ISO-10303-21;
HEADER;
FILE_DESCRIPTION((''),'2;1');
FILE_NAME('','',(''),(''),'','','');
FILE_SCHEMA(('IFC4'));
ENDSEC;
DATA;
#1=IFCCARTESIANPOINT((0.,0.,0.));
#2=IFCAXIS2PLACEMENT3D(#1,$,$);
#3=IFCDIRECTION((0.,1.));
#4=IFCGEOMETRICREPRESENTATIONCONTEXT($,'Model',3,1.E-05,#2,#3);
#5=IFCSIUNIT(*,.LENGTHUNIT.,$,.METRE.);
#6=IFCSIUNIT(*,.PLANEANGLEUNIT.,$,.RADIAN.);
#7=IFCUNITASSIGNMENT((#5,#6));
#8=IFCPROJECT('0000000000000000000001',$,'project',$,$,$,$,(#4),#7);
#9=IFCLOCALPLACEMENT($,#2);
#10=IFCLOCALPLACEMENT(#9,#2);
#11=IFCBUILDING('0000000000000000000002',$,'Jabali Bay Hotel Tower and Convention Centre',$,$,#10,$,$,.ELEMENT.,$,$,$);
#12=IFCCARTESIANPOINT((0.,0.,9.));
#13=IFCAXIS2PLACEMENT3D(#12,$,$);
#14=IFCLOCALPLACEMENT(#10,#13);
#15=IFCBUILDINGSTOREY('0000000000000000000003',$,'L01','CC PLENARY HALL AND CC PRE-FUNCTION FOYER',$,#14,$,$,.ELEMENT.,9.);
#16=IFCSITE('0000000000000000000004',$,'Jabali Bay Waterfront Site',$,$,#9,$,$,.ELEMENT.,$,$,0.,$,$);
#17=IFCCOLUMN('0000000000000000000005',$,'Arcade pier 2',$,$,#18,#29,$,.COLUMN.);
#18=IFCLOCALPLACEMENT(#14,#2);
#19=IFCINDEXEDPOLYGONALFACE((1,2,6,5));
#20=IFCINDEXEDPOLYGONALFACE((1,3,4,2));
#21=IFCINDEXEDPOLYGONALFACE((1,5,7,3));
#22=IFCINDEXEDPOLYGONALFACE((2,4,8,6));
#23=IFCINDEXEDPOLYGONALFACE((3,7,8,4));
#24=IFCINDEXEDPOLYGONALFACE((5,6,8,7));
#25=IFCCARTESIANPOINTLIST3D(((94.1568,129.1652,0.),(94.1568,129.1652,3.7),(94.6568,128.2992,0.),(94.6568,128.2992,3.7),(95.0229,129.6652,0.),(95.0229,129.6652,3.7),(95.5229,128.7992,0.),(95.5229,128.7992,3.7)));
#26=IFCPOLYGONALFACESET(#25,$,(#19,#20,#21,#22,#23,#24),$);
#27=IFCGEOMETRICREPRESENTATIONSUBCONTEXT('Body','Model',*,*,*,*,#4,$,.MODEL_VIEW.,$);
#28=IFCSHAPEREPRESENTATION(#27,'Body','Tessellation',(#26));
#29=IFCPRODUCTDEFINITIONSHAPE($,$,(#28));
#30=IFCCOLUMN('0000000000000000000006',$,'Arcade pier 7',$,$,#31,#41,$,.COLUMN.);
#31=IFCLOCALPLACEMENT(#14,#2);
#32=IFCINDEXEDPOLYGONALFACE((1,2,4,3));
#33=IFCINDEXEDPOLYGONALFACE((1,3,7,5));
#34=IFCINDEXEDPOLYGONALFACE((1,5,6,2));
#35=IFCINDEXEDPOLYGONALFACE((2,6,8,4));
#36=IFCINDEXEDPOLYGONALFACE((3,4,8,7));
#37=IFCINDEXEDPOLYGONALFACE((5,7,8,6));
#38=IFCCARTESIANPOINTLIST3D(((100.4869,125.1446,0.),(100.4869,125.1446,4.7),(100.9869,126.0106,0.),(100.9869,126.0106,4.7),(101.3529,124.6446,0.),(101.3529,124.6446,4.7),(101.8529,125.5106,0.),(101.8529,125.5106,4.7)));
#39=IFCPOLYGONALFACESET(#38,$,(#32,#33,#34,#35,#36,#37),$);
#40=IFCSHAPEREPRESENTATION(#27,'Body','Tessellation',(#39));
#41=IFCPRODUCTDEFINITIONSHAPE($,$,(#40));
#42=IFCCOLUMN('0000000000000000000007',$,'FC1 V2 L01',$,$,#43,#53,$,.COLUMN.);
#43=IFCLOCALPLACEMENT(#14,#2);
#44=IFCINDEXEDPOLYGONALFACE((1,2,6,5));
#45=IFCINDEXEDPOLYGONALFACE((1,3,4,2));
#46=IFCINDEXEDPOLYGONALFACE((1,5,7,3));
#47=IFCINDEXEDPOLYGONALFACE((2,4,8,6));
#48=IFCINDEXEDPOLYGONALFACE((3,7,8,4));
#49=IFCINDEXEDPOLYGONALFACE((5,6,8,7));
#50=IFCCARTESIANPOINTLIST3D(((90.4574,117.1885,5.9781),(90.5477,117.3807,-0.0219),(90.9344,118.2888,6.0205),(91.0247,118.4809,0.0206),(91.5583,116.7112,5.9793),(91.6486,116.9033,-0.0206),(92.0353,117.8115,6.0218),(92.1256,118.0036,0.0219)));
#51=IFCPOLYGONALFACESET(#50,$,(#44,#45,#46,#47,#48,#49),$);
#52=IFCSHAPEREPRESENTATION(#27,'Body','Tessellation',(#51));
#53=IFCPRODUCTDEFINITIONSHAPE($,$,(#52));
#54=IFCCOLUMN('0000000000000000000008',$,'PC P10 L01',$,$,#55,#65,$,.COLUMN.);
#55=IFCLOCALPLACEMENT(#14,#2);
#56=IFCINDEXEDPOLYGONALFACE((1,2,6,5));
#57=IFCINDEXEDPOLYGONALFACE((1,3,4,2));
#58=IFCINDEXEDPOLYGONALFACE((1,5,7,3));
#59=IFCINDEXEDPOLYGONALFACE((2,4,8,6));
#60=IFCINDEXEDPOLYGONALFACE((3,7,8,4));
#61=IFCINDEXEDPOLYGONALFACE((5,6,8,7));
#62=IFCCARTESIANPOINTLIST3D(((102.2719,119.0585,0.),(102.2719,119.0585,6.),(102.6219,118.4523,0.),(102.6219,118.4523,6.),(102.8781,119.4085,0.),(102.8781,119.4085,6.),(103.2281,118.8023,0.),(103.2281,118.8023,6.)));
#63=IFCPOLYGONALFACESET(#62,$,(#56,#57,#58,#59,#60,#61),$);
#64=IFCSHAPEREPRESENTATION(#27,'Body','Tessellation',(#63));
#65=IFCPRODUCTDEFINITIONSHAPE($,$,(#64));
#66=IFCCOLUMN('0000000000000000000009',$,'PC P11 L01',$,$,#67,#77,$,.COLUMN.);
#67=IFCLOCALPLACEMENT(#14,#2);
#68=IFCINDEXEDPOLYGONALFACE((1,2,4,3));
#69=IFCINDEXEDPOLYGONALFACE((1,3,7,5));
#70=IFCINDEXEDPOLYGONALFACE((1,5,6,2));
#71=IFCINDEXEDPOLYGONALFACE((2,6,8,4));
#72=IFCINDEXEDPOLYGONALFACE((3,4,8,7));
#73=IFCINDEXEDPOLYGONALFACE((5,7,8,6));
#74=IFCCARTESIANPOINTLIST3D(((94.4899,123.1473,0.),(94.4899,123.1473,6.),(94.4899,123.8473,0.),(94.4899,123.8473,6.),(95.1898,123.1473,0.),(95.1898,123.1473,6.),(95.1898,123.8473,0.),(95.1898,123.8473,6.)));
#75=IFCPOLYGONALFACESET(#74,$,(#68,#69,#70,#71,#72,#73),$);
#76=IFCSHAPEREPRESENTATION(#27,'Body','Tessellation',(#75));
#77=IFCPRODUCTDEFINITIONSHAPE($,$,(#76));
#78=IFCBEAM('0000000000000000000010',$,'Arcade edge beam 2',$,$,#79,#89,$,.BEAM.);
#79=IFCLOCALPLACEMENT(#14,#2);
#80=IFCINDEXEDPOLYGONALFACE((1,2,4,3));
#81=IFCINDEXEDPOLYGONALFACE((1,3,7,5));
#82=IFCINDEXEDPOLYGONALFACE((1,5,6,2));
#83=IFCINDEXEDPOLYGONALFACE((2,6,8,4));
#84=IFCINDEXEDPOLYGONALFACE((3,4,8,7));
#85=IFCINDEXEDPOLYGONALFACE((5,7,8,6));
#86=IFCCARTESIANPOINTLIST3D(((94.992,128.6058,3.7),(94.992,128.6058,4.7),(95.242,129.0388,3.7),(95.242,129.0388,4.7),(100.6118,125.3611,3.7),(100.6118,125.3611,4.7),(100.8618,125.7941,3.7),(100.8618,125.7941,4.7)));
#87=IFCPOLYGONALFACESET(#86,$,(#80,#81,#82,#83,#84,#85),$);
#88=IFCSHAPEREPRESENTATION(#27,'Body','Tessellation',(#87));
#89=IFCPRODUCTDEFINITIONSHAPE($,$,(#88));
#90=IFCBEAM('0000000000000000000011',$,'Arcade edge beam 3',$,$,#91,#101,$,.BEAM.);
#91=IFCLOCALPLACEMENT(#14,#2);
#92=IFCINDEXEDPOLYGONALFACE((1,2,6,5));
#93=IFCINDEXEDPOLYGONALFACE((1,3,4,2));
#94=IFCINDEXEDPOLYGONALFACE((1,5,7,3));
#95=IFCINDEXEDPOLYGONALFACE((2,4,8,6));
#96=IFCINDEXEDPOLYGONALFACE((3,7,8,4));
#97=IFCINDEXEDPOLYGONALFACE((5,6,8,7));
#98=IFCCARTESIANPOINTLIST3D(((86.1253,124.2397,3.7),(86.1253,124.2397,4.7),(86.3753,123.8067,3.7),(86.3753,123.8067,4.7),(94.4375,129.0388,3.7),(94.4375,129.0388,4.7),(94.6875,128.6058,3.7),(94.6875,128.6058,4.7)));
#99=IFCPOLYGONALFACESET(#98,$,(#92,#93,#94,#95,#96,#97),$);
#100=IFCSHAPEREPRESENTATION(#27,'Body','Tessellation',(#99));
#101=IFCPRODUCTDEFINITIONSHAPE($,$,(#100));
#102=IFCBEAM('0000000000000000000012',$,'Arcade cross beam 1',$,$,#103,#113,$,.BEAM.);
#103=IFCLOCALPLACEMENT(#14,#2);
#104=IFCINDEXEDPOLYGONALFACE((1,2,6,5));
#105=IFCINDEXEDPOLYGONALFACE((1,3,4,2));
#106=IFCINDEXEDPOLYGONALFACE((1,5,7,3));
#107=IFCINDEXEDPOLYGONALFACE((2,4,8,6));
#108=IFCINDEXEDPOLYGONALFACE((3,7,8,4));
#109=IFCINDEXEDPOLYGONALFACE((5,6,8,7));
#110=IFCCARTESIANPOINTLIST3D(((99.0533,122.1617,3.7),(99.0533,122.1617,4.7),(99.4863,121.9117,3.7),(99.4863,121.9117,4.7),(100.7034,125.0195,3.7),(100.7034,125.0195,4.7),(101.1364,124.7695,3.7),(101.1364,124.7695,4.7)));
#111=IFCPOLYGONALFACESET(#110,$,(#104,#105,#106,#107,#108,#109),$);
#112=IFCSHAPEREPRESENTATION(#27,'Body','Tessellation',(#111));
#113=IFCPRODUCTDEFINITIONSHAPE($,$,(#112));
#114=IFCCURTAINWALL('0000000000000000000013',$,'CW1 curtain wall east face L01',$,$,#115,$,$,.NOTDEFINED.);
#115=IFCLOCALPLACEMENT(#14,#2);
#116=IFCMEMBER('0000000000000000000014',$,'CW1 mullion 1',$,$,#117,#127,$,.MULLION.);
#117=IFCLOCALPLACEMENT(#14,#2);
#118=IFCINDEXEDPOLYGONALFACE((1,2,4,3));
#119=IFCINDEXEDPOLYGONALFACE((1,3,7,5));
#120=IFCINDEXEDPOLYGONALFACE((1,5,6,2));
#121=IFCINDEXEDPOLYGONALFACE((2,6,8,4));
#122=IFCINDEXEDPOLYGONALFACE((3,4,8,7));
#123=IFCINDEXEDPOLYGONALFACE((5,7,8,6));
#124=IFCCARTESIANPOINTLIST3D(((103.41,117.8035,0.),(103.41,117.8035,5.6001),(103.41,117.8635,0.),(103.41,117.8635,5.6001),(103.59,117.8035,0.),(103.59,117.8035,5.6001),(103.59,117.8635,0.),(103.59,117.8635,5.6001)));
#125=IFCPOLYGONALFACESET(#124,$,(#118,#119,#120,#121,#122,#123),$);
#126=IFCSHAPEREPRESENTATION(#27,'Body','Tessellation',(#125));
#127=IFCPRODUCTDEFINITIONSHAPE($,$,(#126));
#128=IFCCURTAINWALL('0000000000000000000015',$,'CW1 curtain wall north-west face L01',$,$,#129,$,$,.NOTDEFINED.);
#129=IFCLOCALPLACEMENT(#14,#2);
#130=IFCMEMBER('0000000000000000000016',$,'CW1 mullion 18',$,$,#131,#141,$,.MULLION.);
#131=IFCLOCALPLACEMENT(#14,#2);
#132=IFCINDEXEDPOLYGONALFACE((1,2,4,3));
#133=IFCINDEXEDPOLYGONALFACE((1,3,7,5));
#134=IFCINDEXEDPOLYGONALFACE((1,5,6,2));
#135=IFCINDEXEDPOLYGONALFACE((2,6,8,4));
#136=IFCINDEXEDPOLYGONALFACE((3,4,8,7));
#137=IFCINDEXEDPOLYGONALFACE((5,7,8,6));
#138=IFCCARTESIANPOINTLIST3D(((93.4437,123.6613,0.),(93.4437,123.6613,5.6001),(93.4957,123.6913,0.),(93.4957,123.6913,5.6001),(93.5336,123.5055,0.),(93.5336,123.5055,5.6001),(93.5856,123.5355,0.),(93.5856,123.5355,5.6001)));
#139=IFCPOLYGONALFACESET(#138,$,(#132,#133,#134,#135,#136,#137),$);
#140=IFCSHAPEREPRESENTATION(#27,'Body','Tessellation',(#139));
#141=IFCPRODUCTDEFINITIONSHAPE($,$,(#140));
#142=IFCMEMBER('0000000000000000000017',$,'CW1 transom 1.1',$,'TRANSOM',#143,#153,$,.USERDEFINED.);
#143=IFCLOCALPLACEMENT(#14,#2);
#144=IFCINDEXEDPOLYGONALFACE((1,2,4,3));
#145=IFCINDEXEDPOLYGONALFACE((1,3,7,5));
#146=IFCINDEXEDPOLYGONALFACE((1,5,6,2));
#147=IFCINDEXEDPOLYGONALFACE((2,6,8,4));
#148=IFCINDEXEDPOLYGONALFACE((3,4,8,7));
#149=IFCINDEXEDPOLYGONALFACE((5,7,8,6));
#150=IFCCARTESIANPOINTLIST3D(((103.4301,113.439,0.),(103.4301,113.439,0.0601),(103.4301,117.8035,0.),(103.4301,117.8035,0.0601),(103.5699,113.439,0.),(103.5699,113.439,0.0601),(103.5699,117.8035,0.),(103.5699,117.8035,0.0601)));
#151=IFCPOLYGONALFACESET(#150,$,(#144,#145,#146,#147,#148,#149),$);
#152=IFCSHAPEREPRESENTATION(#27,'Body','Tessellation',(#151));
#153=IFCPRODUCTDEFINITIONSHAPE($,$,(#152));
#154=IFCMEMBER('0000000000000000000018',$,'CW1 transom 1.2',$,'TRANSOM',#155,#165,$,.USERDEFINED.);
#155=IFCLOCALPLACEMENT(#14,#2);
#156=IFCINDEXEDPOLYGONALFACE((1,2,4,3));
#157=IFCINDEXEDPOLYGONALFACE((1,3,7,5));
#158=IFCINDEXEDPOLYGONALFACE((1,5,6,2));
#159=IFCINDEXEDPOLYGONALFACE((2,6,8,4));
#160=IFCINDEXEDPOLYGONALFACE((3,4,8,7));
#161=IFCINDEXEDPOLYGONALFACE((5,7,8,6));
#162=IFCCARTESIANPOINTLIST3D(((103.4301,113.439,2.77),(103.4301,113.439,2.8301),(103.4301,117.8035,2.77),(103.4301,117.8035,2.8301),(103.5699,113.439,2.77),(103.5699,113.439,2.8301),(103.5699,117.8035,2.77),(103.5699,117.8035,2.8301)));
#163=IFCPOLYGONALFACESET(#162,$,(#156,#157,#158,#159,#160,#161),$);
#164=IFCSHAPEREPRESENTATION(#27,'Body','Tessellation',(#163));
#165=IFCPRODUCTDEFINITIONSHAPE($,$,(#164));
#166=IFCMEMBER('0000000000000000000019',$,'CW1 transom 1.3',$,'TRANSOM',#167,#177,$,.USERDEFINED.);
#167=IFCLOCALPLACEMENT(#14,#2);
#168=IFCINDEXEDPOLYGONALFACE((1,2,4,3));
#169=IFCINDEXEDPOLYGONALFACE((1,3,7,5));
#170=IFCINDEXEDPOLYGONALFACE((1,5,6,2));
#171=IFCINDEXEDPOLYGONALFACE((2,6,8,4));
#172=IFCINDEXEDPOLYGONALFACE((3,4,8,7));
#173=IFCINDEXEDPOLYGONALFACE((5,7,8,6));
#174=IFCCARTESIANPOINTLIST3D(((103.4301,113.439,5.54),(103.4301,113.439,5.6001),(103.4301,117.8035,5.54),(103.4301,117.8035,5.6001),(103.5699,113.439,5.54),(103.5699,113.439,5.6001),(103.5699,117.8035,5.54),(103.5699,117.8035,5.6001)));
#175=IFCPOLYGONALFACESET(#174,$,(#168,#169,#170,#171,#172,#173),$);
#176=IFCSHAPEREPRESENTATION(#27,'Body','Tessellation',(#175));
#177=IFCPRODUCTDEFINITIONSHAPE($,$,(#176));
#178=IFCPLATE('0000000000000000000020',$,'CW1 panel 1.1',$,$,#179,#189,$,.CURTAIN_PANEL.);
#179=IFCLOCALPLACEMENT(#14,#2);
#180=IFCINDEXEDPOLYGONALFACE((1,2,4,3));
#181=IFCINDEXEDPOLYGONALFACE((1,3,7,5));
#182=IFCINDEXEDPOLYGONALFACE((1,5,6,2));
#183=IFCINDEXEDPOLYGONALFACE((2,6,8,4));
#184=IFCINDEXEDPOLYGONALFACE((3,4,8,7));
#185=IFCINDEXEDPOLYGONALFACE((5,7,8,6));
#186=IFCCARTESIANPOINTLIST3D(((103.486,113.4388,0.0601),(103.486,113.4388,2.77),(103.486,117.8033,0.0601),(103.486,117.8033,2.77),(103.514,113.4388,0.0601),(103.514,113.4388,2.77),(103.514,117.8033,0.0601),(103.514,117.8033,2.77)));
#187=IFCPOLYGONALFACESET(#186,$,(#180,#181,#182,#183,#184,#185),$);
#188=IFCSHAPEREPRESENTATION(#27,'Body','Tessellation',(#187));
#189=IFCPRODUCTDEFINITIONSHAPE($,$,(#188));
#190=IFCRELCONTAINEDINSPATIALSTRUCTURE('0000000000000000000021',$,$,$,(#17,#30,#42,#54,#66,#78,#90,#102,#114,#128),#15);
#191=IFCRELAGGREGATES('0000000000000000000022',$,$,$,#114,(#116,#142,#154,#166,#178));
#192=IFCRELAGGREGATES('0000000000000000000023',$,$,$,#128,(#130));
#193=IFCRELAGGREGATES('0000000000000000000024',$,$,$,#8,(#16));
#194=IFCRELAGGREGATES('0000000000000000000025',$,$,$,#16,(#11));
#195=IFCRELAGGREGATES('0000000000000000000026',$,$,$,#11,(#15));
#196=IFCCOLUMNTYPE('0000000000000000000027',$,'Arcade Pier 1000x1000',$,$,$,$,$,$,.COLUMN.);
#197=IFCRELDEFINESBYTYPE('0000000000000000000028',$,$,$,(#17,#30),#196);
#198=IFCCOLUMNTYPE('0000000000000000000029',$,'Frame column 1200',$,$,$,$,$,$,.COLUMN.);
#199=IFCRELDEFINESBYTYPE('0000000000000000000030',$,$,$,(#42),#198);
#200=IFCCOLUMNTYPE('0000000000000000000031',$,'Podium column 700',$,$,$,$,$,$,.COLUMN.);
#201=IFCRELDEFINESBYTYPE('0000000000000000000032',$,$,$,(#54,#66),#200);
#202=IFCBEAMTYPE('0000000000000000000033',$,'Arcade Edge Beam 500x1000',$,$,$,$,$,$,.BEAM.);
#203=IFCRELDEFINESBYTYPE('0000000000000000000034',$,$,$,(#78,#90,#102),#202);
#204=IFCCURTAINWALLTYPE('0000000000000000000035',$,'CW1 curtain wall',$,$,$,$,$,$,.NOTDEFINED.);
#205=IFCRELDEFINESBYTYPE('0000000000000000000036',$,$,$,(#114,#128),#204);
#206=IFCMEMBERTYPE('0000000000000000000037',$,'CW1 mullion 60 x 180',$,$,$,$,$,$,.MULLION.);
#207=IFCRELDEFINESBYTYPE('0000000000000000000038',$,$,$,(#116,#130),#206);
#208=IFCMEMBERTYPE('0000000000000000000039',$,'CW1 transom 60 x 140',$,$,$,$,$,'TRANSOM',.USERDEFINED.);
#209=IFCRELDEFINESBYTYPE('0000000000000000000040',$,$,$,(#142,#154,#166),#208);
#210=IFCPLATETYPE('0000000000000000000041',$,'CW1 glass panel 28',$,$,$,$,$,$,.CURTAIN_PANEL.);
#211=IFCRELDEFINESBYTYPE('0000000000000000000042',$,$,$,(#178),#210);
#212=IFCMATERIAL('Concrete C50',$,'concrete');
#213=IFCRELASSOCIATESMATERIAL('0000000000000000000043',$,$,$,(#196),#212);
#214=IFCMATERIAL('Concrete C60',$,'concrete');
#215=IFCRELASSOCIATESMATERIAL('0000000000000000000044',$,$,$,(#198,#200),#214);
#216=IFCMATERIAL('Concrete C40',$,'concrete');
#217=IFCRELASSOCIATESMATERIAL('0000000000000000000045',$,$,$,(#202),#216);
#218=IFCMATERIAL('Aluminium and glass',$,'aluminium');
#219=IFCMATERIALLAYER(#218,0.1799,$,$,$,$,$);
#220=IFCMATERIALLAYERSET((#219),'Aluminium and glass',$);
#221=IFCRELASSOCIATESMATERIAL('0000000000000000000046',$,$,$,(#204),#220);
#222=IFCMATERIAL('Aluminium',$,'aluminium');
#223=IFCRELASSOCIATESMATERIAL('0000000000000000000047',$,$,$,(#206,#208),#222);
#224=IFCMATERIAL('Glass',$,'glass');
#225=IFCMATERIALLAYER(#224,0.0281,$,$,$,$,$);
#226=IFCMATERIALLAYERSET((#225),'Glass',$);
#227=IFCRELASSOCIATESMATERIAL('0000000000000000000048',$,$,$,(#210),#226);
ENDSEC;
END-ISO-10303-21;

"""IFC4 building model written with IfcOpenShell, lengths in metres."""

from ifc_helpers import new_model, si_unit, direction, frame, origin, origin_2d, place, context, subcontext, project, spatial, rectangle, extrude, material, layer, layer_set, material_profile, profile_set, type_object, element, aggregate, save


model = new_model("IFC4")

# Units and contexts
model_context = context("Model", 3, precision=1e-05, world=origin(), true_north=direction((0.0, 1.0)))
body_context = subcontext(model_context, "Body", "Model", "MODEL_VIEW")
ifc_project = project(units=[si_unit("LENGTHUNIT", "METRE"), si_unit("PLANEANGLEUNIT", "RADIAN")], contexts=[model_context])

# Site, building, storey
site_placement = place(None, origin())
site = spatial("IfcSite", under=ifc_project, at=site_placement, Name="Jabali Bay Waterfront Site", CompositionType="ELEMENT", RefElevation=0.0)
building_placement = place(site_placement, origin())
building = spatial("IfcBuilding", under=site, at=building_placement, Name="Jabali Bay Hotel Tower and Convention Centre", CompositionType="ELEMENT")
storey_placement = place(building_placement, frame((0.0, 0.0, 9.0)))
storey = spatial("IfcBuildingStorey", under=building, at=storey_placement, Name="L01", Description="CC PLENARY HALL AND CC PRE-FUNCTION FOYER", CompositionType="ELEMENT", Elevation=9.0)

# Columns
ifc_material_1 = material(Name="Concrete C50", Category="concrete")
ifc_material_profile_1 = material_profile(ifc_material_1, rectangle(XDim=1.0, YDim=1.0, at=origin_2d()), Name="RC 1000x1000")
ifc_profile_set_1 = profile_set([ifc_material_profile_1], Name="Concrete C50")
column_type_1 = type_object("IfcColumnType", Name="Arcade Pier 1000x1000", PredefinedType="COLUMN", material=ifc_profile_set_1)
column_1_placement = place(storey_placement, frame((94.8398, 128.9822, 0.0), z_axis=(0.0, 0.0, 1.0), x_axis=(-0.866025, -0.5, 0.0)))
element("IfcColumn", 1, at=column_1_placement, inside=storey, type_object=column_type_1, Name="Arcade pier 2", PredefinedType="COLUMN", context=body_context, shape_type="SweptSolid", body=[
    extrude(rectangle(XDim=1.0, YDim=1.0, at=origin_2d()), origin(), (0.0, 0.0, 1.0), 3.7),
])
column_2_placement = place(storey_placement, frame((101.1699, 125.3276, 0.0), z_axis=(0.0, 0.0, 1.0), x_axis=(-0.866025, 0.5, 0.0)))
element("IfcColumn", 2, at=column_2_placement, inside=storey, type_object=column_type_1, Name="Arcade pier 7", PredefinedType="COLUMN", context=body_context, shape_type="SweptSolid", body=[
    extrude(rectangle(XDim=1.0, YDim=1.0, at=origin_2d()), origin(), (0.0, 0.0, 1.0), 4.7),
])
ifc_material_2 = material(Name="Concrete C60", Category="concrete")
ifc_material_profile_2 = material_profile(ifc_material_2, rectangle(XDim=1.2, YDim=1.2, at=origin_2d()), Name="Frame column 1200")
ifc_profile_set_2 = profile_set([ifc_material_profile_2], Name="Concrete C60")
column_type_2 = type_object("IfcColumnType", Name="Frame column 1200", PredefinedType="COLUMN", material=ifc_profile_set_2)
column_3_placement = place(storey_placement, frame((91.3367, 117.6921, 0.0), z_axis=(-0.015046, -0.032003, 0.999375), x_axis=(0.917476, -0.39779, 0.001074)))
element("IfcColumn", 3, at=column_3_placement, inside=storey, type_object=column_type_2, Name="FC1 V2 L01", PredefinedType="COLUMN", context=body_context, shape_type="SweptSolid", body=[
    extrude(rectangle(XDim=1.2, YDim=1.2, at=origin_2d()), origin(), (0.0, 0.0, 1.0), 6.0037),
])
ifc_material_profile_3 = material_profile(ifc_material_2, rectangle(XDim=0.7, YDim=0.7, at=origin_2d()), Name="Podium column 700")
ifc_profile_set_3 = profile_set([ifc_material_profile_3], Name="Concrete C60")
column_type_3 = type_object("IfcColumnType", Name="Podium column 700", PredefinedType="COLUMN", material=ifc_profile_set_3)
for number, where, z_axis, x_axis, name in (
    (4, (102.75, 118.9304, 0.0), (0.0, 0.0, 1.0), (0.866025, 0.5, 0.0), "PC P10 L01"),
    (5, (94.8398, 123.4973, 0.0), (0.0, 0.0, 1.0), (0.0, 1.0, 0.0), "PC P11 L01"),
):
    element("IfcColumn", number, at=place(storey_placement, frame(where, z_axis=z_axis, x_axis=x_axis)), inside=storey, type_object=column_type_3, Name=name, PredefinedType="COLUMN", context=body_context, shape_type="SweptSolid", body=[
        extrude(rectangle(XDim=0.7, YDim=0.7, at=origin_2d()), origin(), (0.0, 0.0, 1.0), 6.0),
    ])

# Beams
ifc_material_3 = material(Name="Concrete C40", Category="concrete")
ifc_material_profile_4 = material_profile(ifc_material_3, rectangle(XDim=0.5, YDim=1.0, at=origin_2d()), Name="RC 500x1000")
ifc_profile_set_4 = profile_set([ifc_material_profile_4], Name="Concrete C40")
beam_type = type_object("IfcBeamType", Name="Arcade Edge Beam 500x1000", PredefinedType="BEAM", material=ifc_profile_set_4)
beam_1_placement = place(storey_placement, frame((100.7368, 125.5776, 4.2), z_axis=(-0.866026, 0.499999, 0.0), x_axis=(-0.499999, -0.866026, 0.0)))
element("IfcBeam", 6, at=beam_1_placement, inside=storey, type_object=beam_type, Name="Arcade edge beam 2", PredefinedType="BEAM", context=body_context, shape_type="SweptSolid", body=[
    extrude(rectangle(XDim=0.5, YDim=1.0, at=origin_2d()), origin(), (0.0, 0.0, 1.0), 6.4893),
])
beam_2_placement = place(storey_placement, frame((94.5625, 128.8223, 4.2), z_axis=(-0.866026, -0.499999, 0.0), x_axis=(0.499999, -0.866026, 0.0)))
element("IfcBeam", 7, at=beam_2_placement, inside=storey, type_object=beam_type, Name="Arcade edge beam 3", PredefinedType="BEAM", context=body_context, shape_type="SweptSolid", body=[
    extrude(rectangle(XDim=0.5, YDim=1.0, at=origin_2d()), origin(), (0.0, 0.0, 1.0), 9.5981),
])
beam_3_placement = place(storey_placement, frame((100.9199, 124.8945, 4.2), z_axis=(-0.50003, -0.866008, 0.0), x_axis=(0.866008, -0.50003, 0.0)))
element("IfcBeam", 8, at=beam_3_placement, inside=storey, type_object=beam_type, Name="Arcade cross beam 1", PredefinedType="BEAM", context=body_context, shape_type="SweptSolid", body=[
    extrude(rectangle(XDim=0.5, YDim=1.0, at=origin_2d()), origin(), (0.0, 0.0, 1.0), 3.3),
])

# Curtain walls, members
ifc_material_4 = material(Name="Aluminium and glass", Category="aluminium")
ifc_layer_1 = layer(ifc_material_4, 0.1799)
ifc_layer_set_1 = layer_set([ifc_layer_1], Name="Aluminium and glass")
curtain_wall_type = type_object("IfcCurtainWallType", Name="CW1 curtain wall", PredefinedType="NOTDEFINED", material=ifc_layer_set_1)
curtain_wall_1_placement = place(storey_placement, origin())
curtain_wall_1 = element("IfcCurtainWall", 9, at=curtain_wall_1_placement, inside=storey, type_object=curtain_wall_type, Name="CW1 curtain wall east face L01", PredefinedType="NOTDEFINED")
ifc_material_5 = material(Name="Aluminium", Category="aluminium")
ifc_material_profile_5 = material_profile(ifc_material_5, rectangle(XDim=0.1799, YDim=0.0601, at=origin_2d()), Name="CW1 mullion 60 x 180")
ifc_profile_set_5 = profile_set([ifc_material_profile_5], Name="Aluminium")
member_type_1 = type_object("IfcMemberType", Name="CW1 mullion 60 x 180", PredefinedType="MULLION", material=ifc_profile_set_5)
member_1_placement = place(storey_placement, frame((103.5, 117.8335, 0.0), z_axis=(0.0, 0.0, 1.0), x_axis=(1.0, 0.0, 0.0)))
member_1 = element("IfcMember", 10, at=member_1_placement, type_object=member_type_1, Name="CW1 mullion 1", PredefinedType="MULLION", context=body_context, shape_type="SweptSolid", body=[
    extrude(rectangle(XDim=0.1799, YDim=0.0601, at=origin_2d()), origin(), (0.0, 0.0, 1.0), 5.6001),
])
curtain_wall_2_placement = place(storey_placement, origin())
curtain_wall_2 = element("IfcCurtainWall", 11, at=curtain_wall_2_placement, inside=storey, type_object=curtain_wall_type, Name="CW1 curtain wall north-west face L01", PredefinedType="NOTDEFINED")
member_2_placement = place(storey_placement, frame((93.5146, 123.5984, 0.0), z_axis=(0.0, 0.0, 1.0), x_axis=(-0.5, 0.866025, 0.0)))
member_2 = element("IfcMember", 12, at=member_2_placement, type_object=member_type_1, Name="CW1 mullion 18", PredefinedType="MULLION", context=body_context, shape_type="SweptSolid", body=[
    extrude(rectangle(XDim=0.1799, YDim=0.0601, at=origin_2d()), origin(), (0.0, 0.0, 1.0), 5.6001),
])

# Members
ifc_material_profile_6 = material_profile(ifc_material_5, rectangle(XDim=0.1399, YDim=0.0601, at=origin_2d()), Name="CW1 transom 60 x 140")
ifc_profile_set_6 = profile_set([ifc_material_profile_6], Name="Aluminium")
member_type_2 = type_object("IfcMemberType", Name="CW1 transom 60 x 140", ElementType="TRANSOM", PredefinedType="USERDEFINED", material=ifc_profile_set_6)
member_3_placement = place(storey_placement, frame((103.5, 117.8035, 0.03), z_axis=(0.0, -1.0, 0.0), x_axis=(1.0, 0.0, 0.0)))
member_3 = element("IfcMember", 13, at=member_3_placement, type_object=member_type_2, Name="CW1 transom 1.1", ObjectType="TRANSOM", PredefinedType="USERDEFINED", context=body_context, shape_type="SweptSolid", body=[
    extrude(rectangle(XDim=0.1399, YDim=0.0601, at=origin_2d()), origin(), (0.0, 0.0, 1.0), 4.3645),
])
member_4_placement = place(storey_placement, frame((103.5, 117.8035, 2.8), z_axis=(0.0, -1.0, 0.0), x_axis=(1.0, 0.0, 0.0)))
member_4 = element("IfcMember", 14, at=member_4_placement, type_object=member_type_2, Name="CW1 transom 1.2", ObjectType="TRANSOM", PredefinedType="USERDEFINED", context=body_context, shape_type="SweptSolid", body=[
    extrude(rectangle(XDim=0.1399, YDim=0.0601, at=origin_2d()), origin(), (0.0, 0.0, 1.0), 4.3645),
])
member_5_placement = place(storey_placement, frame((103.5, 117.8035, 5.5701), z_axis=(0.0, -1.0, 0.0), x_axis=(1.0, 0.0, 0.0)))
member_5 = element("IfcMember", 15, at=member_5_placement, type_object=member_type_2, Name="CW1 transom 1.3", ObjectType="TRANSOM", PredefinedType="USERDEFINED", context=body_context, shape_type="SweptSolid", body=[
    extrude(rectangle(XDim=0.1399, YDim=0.0601, at=origin_2d()), origin(), (0.0, 0.0, 1.0), 4.3645),
])

# Plate
ifc_material_6 = material(Name="Glass", Category="glass")
ifc_layer_2 = layer(ifc_material_6, 0.0281)
ifc_layer_set_2 = layer_set([ifc_layer_2], Name="Glass")
plate_type = type_object("IfcPlateType", Name="CW1 glass panel 28", PredefinedType="CURTAIN_PANEL", material=ifc_layer_set_2)
plate_1_placement = place(storey_placement, frame((103.5, 115.6211, 0.0601), z_axis=(0.0, 0.0, 1.0), x_axis=(0.0, -1.0, 0.0)))
plate_1 = element("IfcPlate", 16, at=plate_1_placement, type_object=plate_type, Name="CW1 panel 1.1", PredefinedType="CURTAIN_PANEL", context=body_context, shape_type="SweptSolid", body=[
    extrude(rectangle(XDim=4.3645, YDim=0.0281, at=origin_2d()), origin(), (0.0, 0.0, 1.0), 2.71),
])
aggregate(curtain_wall_1, [member_1, member_3, member_4, member_5, plate_1])
aggregate(curtain_wall_2, [member_2])

save(model, "model.ifc")
